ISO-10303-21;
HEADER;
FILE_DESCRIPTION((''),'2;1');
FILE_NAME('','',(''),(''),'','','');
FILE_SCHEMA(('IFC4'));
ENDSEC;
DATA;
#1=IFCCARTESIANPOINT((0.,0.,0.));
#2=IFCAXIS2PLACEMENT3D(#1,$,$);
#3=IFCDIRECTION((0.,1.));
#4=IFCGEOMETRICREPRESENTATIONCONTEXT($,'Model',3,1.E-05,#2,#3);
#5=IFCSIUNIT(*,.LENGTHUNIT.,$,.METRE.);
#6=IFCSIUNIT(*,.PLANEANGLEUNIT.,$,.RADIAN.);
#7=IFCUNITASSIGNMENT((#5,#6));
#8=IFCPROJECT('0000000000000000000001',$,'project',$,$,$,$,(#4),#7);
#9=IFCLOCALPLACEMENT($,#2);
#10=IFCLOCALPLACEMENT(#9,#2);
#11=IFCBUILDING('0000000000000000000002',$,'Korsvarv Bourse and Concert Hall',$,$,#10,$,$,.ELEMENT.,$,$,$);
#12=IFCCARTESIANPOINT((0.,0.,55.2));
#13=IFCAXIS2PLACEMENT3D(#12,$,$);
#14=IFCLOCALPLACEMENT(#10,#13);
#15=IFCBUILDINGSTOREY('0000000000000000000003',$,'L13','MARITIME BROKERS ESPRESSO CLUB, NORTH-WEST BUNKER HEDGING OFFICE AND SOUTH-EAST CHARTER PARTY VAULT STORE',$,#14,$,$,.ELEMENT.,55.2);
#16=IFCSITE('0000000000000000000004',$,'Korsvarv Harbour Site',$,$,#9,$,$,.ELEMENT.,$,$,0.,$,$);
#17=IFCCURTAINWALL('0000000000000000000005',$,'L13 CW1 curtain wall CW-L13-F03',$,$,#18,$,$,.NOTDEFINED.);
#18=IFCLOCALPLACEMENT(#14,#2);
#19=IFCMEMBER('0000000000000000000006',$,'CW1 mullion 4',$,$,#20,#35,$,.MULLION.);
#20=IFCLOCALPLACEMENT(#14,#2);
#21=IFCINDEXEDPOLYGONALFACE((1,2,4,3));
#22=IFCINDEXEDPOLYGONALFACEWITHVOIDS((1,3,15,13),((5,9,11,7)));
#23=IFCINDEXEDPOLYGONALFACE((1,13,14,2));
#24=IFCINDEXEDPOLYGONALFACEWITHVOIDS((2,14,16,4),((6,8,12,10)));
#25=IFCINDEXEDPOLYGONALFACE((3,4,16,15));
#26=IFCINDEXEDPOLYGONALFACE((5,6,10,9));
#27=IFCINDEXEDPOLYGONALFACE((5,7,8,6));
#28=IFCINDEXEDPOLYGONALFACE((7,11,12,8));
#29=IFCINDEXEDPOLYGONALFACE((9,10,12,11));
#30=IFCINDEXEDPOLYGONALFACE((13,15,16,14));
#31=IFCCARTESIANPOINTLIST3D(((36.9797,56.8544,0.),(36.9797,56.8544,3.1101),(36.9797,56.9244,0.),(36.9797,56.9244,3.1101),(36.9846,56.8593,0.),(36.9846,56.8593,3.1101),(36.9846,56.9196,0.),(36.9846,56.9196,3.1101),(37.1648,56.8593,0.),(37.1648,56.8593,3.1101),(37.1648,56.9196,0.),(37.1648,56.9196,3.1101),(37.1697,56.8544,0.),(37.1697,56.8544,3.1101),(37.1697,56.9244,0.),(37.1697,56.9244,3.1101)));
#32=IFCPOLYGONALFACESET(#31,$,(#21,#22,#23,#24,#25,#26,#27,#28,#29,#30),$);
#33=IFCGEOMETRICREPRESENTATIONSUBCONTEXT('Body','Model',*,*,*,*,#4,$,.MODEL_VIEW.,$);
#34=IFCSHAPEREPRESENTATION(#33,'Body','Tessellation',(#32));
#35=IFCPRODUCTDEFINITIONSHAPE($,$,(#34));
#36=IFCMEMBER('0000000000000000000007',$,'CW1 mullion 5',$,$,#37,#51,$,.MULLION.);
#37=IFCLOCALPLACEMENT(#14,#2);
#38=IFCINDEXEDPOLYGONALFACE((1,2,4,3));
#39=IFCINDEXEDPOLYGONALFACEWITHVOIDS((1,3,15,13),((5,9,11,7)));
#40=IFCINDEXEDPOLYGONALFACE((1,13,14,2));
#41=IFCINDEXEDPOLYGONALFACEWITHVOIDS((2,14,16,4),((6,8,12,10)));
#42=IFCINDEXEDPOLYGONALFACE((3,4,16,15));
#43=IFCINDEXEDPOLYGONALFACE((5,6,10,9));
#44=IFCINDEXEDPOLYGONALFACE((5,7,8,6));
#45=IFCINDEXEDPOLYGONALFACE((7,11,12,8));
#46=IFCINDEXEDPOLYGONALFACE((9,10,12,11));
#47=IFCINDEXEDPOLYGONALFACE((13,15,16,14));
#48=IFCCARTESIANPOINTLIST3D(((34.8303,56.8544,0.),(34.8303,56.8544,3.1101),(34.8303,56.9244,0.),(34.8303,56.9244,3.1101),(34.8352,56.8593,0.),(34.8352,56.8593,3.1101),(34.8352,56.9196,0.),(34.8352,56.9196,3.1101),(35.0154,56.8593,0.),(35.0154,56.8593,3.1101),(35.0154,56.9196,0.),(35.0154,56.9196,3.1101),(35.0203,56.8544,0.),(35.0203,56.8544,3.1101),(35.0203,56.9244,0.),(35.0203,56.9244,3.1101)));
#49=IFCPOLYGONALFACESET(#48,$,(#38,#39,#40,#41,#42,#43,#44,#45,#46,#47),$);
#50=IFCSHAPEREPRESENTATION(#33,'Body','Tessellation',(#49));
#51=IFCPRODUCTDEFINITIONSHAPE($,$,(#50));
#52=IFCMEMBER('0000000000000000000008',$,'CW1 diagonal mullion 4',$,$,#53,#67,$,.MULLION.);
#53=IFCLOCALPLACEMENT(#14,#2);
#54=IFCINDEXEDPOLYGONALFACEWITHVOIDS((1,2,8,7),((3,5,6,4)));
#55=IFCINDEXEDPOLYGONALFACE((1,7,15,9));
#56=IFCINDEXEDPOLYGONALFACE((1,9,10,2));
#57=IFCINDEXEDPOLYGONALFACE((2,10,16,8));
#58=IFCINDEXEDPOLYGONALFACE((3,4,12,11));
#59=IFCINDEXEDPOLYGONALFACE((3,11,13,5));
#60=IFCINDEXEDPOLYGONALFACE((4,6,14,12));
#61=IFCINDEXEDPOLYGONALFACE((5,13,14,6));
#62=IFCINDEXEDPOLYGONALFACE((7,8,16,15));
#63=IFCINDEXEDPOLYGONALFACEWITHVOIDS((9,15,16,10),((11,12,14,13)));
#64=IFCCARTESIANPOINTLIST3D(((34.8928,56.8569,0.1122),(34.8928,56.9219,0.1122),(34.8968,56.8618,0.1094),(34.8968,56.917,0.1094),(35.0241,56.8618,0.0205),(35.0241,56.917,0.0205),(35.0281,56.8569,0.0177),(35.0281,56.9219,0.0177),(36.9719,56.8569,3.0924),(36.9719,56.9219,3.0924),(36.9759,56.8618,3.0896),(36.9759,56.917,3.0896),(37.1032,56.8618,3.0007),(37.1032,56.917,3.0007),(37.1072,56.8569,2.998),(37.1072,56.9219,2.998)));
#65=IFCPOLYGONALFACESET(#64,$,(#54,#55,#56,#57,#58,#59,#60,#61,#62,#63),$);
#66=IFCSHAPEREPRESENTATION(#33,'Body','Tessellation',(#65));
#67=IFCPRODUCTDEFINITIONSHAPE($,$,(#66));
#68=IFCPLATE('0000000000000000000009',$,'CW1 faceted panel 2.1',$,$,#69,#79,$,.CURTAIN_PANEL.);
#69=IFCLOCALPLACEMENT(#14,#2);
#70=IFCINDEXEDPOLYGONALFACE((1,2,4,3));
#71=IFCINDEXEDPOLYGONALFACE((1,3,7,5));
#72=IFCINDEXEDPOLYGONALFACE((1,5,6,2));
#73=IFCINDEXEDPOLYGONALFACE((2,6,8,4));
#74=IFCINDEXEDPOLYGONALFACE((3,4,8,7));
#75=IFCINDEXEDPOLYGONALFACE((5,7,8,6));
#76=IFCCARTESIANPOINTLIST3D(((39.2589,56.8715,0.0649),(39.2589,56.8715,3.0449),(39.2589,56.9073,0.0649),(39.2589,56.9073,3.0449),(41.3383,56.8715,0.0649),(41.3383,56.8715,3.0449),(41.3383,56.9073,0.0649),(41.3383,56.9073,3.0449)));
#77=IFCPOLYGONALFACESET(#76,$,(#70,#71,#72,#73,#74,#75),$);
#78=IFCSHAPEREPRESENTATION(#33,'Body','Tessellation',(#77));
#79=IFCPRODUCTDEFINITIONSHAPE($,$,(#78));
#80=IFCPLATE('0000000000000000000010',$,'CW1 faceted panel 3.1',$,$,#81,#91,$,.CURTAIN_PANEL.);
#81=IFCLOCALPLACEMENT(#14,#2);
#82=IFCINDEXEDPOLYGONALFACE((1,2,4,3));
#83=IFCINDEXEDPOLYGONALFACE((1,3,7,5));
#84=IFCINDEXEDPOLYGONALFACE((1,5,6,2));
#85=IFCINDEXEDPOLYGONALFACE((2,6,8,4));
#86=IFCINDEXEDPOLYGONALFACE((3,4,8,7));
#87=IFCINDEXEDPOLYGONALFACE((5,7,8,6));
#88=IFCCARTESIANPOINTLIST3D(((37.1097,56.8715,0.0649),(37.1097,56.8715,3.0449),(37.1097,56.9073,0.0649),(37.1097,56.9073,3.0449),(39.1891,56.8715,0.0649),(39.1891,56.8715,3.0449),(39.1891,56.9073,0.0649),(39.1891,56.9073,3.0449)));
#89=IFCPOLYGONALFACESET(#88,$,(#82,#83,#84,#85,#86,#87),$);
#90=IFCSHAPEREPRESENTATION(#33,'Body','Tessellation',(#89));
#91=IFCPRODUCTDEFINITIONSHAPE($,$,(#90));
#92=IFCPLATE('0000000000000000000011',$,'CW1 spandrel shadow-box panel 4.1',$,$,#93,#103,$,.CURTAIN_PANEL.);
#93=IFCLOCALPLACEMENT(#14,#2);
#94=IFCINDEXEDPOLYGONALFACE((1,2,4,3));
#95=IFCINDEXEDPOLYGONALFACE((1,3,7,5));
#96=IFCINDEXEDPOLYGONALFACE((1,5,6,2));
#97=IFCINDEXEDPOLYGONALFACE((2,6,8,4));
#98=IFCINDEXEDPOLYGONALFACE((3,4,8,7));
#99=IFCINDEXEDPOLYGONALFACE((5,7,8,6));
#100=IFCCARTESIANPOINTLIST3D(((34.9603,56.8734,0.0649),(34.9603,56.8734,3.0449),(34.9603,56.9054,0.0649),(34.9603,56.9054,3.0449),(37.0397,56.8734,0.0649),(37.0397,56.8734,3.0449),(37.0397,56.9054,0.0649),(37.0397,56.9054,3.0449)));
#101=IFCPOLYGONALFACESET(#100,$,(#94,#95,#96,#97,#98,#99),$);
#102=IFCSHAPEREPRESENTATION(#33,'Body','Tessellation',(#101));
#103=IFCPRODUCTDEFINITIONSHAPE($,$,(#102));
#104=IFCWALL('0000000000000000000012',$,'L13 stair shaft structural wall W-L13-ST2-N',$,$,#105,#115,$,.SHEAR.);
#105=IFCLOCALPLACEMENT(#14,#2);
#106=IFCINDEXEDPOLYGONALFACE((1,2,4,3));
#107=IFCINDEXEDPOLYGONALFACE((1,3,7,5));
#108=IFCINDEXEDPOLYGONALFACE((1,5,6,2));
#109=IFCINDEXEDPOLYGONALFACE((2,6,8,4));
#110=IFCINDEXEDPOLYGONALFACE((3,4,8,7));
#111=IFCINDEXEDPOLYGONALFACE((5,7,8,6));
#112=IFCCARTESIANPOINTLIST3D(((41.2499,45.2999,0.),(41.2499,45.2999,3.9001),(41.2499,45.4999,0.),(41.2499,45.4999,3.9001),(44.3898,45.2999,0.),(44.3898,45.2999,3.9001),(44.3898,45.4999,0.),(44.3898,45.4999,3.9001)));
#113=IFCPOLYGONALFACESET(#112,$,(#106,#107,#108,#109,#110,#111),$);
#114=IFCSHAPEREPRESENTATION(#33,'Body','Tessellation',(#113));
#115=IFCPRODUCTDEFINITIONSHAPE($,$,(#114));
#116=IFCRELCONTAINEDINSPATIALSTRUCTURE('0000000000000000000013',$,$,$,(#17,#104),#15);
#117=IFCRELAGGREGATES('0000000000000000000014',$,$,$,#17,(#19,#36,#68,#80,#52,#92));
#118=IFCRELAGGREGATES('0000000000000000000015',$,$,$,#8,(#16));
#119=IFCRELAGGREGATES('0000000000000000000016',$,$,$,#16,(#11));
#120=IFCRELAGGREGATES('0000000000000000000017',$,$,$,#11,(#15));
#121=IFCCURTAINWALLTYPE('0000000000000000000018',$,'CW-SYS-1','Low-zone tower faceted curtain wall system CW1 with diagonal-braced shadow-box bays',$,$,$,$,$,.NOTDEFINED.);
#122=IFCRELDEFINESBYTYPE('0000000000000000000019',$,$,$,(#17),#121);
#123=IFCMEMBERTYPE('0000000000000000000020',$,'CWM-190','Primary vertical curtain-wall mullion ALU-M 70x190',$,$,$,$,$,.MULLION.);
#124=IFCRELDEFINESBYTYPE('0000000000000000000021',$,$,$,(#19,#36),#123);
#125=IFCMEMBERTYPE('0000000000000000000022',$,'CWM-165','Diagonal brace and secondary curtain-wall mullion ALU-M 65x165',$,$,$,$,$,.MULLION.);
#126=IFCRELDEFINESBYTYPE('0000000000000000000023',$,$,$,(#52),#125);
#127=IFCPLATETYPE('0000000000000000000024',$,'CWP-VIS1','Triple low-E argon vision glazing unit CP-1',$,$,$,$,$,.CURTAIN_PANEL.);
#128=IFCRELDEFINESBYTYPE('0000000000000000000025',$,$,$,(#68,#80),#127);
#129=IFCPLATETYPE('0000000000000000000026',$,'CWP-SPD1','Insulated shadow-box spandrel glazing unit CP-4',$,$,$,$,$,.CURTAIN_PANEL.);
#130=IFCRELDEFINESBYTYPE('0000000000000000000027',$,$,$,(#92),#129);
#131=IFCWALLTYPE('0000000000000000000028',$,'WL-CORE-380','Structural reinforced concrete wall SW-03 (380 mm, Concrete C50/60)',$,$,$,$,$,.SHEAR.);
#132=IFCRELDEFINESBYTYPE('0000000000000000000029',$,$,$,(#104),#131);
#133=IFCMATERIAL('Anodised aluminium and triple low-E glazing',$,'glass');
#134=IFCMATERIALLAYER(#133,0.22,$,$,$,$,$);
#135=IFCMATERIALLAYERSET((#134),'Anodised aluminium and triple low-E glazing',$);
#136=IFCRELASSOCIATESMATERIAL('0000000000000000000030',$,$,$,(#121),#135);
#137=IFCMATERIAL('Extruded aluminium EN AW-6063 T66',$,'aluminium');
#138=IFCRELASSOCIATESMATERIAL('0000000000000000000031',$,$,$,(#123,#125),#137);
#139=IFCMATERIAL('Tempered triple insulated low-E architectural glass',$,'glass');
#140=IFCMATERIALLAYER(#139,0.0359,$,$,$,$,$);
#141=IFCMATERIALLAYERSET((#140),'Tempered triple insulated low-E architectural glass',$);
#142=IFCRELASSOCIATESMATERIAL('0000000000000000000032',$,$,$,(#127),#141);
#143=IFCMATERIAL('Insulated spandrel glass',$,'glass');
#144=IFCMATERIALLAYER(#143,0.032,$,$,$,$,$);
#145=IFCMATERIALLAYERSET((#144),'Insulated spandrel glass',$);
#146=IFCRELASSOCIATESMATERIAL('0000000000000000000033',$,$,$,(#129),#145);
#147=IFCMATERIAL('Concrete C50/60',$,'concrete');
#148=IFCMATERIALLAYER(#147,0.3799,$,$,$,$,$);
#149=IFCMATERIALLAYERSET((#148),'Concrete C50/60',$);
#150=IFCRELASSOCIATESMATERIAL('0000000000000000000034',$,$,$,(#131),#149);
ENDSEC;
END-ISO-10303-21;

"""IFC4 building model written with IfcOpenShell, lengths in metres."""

from ifc_helpers import new_model, si_unit, direction, frame, frame_2d, origin, origin_2d, place, context, subcontext, project, spatial, rectangle, hollow_rectangle, extrude, source, transform, mapped, material, layer, layer_set, material_profile, profile_set, type_object, element, aggregate, save


model = new_model("IFC4")

# Units and contexts
model_context = context("Model", 3, precision=1e-05, world=origin(), true_north=direction((0.0, 1.0)))
body_context = subcontext(model_context, "Body", "Model", "MODEL_VIEW")
ifc_project = project(units=[si_unit("LENGTHUNIT", "METRE"), si_unit("PLANEANGLEUNIT", "RADIAN")], contexts=[model_context])

# Site, building, storey
site_placement = place(None, origin())
site = spatial("IfcSite", under=ifc_project, at=site_placement, Name="Korsvarv Harbour Site", CompositionType="ELEMENT", RefElevation=0.0)
building_placement = place(site_placement, origin())
building = spatial("IfcBuilding", under=site, at=building_placement, Name="Korsvarv Bourse and Concert Hall", CompositionType="ELEMENT")
storey_placement = place(building_placement, frame((0.0, 0.0, 55.2)))
storey = spatial("IfcBuildingStorey", under=building, at=storey_placement, Name="L13", Description="MARITIME BROKERS ESPRESSO CLUB, NORTH-WEST BUNKER HEDGING OFFICE AND SOUTH-EAST CHARTER PARTY VAULT STORE", CompositionType="ELEMENT", Elevation=55.2)

# Curtain wall, members, plates
ifc_material_1 = material(Name="Anodised aluminium and triple low-E glazing", Category="glass")
ifc_layer_1 = layer(ifc_material_1, 0.22)
ifc_layer_set_1 = layer_set([ifc_layer_1], Name="Anodised aluminium and triple low-E glazing")
curtain_wall_type = type_object("IfcCurtainWallType", Name="CW-SYS-1", Description="Low-zone tower faceted curtain wall system CW1 with diagonal-braced shadow-box bays", PredefinedType="NOTDEFINED", material=ifc_layer_set_1)
curtain_wall_placement = place(storey_placement, origin())
curtain_wall = element("IfcCurtainWall", 1, at=curtain_wall_placement, inside=storey, type_object=curtain_wall_type, Name="L13 CW1 curtain wall CW-L13-F03", PredefinedType="NOTDEFINED")
ifc_material_2 = material(Name="Extruded aluminium EN AW-6063 T66", Category="aluminium")
ifc_material_profile_1 = material_profile(ifc_material_2, hollow_rectangle(XDim=0.0701, YDim=0.1899, WallThickness=0.0049, at=origin_2d()), Name="ALU-M 70x190")
ifc_profile_set_1 = profile_set([ifc_material_profile_1], Name="Extruded aluminium EN AW-6063 T66")
member_type_1 = type_object("IfcMemberType", Name="CWM-190", Description="Primary vertical curtain-wall mullion ALU-M 70x190", PredefinedType="MULLION", material=ifc_profile_set_1)
shared_shape_1 = source(origin(), body_context, "Body", "SweptSolid", [
    extrude(hollow_rectangle(XDim=0.0701, YDim=0.1899, WallThickness=0.0049, at=origin_2d()), origin(), (0.0, 0.0, 1.0), 3.1101),
])
member_1_placement = place(storey_placement, frame((37.0747, 56.8894, 0.0), z_axis=(0.0, 0.0, 1.0), x_axis=(0.0, -1.0, 0.0)))
member_1 = element("IfcMember", 2, at=member_1_placement, type_object=member_type_1, Name="CW1 mullion 4", PredefinedType="MULLION", context=body_context, shape_type="MappedRepresentation", body=[
    mapped(shared_shape_1, transform((0.0, 0.0, 0.0), scale=1.0)),
])
member_2_placement = place(storey_placement, frame((34.9253, 56.8894, 0.0), z_axis=(0.0, 0.0, 1.0), x_axis=(0.0, -1.0, 0.0)))
member_2 = element("IfcMember", 3, at=member_2_placement, type_object=member_type_1, Name="CW1 mullion 5", PredefinedType="MULLION", context=body_context, shape_type="MappedRepresentation", body=[
    mapped(shared_shape_1, transform((0.0, 0.0, 0.0), scale=1.0)),
])
ifc_material_profile_2 = material_profile(ifc_material_2, hollow_rectangle(XDim=0.0649, YDim=0.165, WallThickness=0.0049, at=origin_2d()), Name="ALU-M 65x165")
ifc_profile_set_2 = profile_set([ifc_material_profile_2], Name="Extruded aluminium EN AW-6063 T66")
member_type_2 = type_object("IfcMemberType", Name="CWM-165", Description="Diagonal brace and secondary curtain-wall mullion ALU-M 65x165", PredefinedType="MULLION", material=ifc_profile_set_2)
shared_shape_2 = source(origin(), body_context, "Body", "SweptSolid", [
    extrude(hollow_rectangle(XDim=0.0649, YDim=0.165, WallThickness=0.0049, at=origin_2d()), origin(), (0.0, 0.0, 1.0), 3.6338),
])
member_3_placement = place(storey_placement, frame((34.9604, 56.8894, 0.0649), z_axis=(0.572158, 0.0, 0.820143), x_axis=(0.0, 1.0, 0.0)))
member_3 = element("IfcMember", 4, at=member_3_placement, type_object=member_type_2, Name="CW1 diagonal mullion 4", PredefinedType="MULLION", context=body_context, shape_type="MappedRepresentation", body=[
    mapped(shared_shape_2, transform((0.0, 0.0, 0.0), scale=1.0)),
])
ifc_material_3 = material(Name="Tempered triple insulated low-E architectural glass", Category="glass")
ifc_layer_2 = layer(ifc_material_3, 0.0359)
ifc_layer_set_2 = layer_set([ifc_layer_2], Name="Tempered triple insulated low-E architectural glass")
plate_type_1 = type_object("IfcPlateType", Name="CWP-VIS1", Description="Triple low-E argon vision glazing unit CP-1", PredefinedType="CURTAIN_PANEL", material=ifc_layer_set_2)
shared_shape_3 = source(origin(), body_context, "Body", "SweptSolid", [
    extrude(rectangle(XDim=2.0793, YDim=0.0359, at=origin_2d()), origin(), (0.0, 0.0, 1.0), 2.98),
])
plate_1_placement = place(storey_placement, frame((40.2986, 56.8894, 0.0649), z_axis=(0.0, 0.0, 1.0), x_axis=(-1.0, 0.0, 0.0)))
plate_1 = element("IfcPlate", 5, at=plate_1_placement, type_object=plate_type_1, Name="CW1 faceted panel 2.1", PredefinedType="CURTAIN_PANEL", context=body_context, shape_type="MappedRepresentation", body=[
    mapped(shared_shape_3, transform((0.0, 0.0, 0.0), scale=1.0)),
])
plate_2_placement = place(storey_placement, frame((38.1494, 56.8894, 0.0649), z_axis=(0.0, 0.0, 1.0), x_axis=(-1.0, 0.0, 0.0)))
plate_2 = element("IfcPlate", 6, at=plate_2_placement, type_object=plate_type_1, Name="CW1 faceted panel 3.1", PredefinedType="CURTAIN_PANEL", context=body_context, shape_type="MappedRepresentation", body=[
    mapped(shared_shape_3, transform((0.0, 0.0, 0.0), scale=1.0)),
])
ifc_material_4 = material(Name="Insulated spandrel glass", Category="glass")
ifc_layer_3 = layer(ifc_material_4, 0.032)
ifc_layer_set_3 = layer_set([ifc_layer_3], Name="Insulated spandrel glass")
plate_type_2 = type_object("IfcPlateType", Name="CWP-SPD1", Description="Insulated shadow-box spandrel glazing unit CP-4", PredefinedType="CURTAIN_PANEL", material=ifc_layer_set_3)
shared_shape_4 = source(origin(), body_context, "Body", "SweptSolid", [
    extrude(rectangle(XDim=2.0793, YDim=0.032, at=origin_2d()), origin(), (0.0, 0.0, 1.0), 2.98),
])
plate_3_placement = place(storey_placement, frame((36.0, 56.8894, 0.0649), z_axis=(0.0, 0.0, 1.0), x_axis=(-1.0, 0.0, 0.0)))
plate_3 = element("IfcPlate", 7, at=plate_3_placement, type_object=plate_type_2, Name="CW1 spandrel shadow-box panel 4.1", PredefinedType="CURTAIN_PANEL", context=body_context, shape_type="MappedRepresentation", body=[
    mapped(shared_shape_4, transform((0.0, 0.0, 0.0), scale=1.0)),
])
aggregate(curtain_wall, [member_1, member_2, plate_1, plate_2, member_3, plate_3])

# Wall
ifc_material_5 = material(Name="Concrete C50/60", Category="concrete")
ifc_layer_4 = layer(ifc_material_5, 0.3799)
ifc_layer_set_4 = layer_set([ifc_layer_4], Name="Concrete C50/60")
wall_type = type_object("IfcWallType", Name="WL-CORE-380", Description="Structural reinforced concrete wall SW-03 (380 mm, Concrete C50/60)", PredefinedType="SHEAR", material=ifc_layer_set_4)
wall_placement = place(storey_placement, frame((41.25, 45.3999, 0.0), z_axis=(0.0, 0.0, 1.0), x_axis=(1.0, 0.0, 0.0)))
element("IfcWall", 8, at=wall_placement, inside=storey, type_object=wall_type, Name="L13 stair shaft structural wall W-L13-ST2-N", PredefinedType="SHEAR", context=body_context, shape_type="SweptSolid", body=[
    extrude(rectangle(XDim=3.1399, YDim=0.2, at=frame_2d((1.5698, 0.0))), origin(), (0.0, 0.0, 1.0), 3.9001),
])

save(model, "model.ifc")
